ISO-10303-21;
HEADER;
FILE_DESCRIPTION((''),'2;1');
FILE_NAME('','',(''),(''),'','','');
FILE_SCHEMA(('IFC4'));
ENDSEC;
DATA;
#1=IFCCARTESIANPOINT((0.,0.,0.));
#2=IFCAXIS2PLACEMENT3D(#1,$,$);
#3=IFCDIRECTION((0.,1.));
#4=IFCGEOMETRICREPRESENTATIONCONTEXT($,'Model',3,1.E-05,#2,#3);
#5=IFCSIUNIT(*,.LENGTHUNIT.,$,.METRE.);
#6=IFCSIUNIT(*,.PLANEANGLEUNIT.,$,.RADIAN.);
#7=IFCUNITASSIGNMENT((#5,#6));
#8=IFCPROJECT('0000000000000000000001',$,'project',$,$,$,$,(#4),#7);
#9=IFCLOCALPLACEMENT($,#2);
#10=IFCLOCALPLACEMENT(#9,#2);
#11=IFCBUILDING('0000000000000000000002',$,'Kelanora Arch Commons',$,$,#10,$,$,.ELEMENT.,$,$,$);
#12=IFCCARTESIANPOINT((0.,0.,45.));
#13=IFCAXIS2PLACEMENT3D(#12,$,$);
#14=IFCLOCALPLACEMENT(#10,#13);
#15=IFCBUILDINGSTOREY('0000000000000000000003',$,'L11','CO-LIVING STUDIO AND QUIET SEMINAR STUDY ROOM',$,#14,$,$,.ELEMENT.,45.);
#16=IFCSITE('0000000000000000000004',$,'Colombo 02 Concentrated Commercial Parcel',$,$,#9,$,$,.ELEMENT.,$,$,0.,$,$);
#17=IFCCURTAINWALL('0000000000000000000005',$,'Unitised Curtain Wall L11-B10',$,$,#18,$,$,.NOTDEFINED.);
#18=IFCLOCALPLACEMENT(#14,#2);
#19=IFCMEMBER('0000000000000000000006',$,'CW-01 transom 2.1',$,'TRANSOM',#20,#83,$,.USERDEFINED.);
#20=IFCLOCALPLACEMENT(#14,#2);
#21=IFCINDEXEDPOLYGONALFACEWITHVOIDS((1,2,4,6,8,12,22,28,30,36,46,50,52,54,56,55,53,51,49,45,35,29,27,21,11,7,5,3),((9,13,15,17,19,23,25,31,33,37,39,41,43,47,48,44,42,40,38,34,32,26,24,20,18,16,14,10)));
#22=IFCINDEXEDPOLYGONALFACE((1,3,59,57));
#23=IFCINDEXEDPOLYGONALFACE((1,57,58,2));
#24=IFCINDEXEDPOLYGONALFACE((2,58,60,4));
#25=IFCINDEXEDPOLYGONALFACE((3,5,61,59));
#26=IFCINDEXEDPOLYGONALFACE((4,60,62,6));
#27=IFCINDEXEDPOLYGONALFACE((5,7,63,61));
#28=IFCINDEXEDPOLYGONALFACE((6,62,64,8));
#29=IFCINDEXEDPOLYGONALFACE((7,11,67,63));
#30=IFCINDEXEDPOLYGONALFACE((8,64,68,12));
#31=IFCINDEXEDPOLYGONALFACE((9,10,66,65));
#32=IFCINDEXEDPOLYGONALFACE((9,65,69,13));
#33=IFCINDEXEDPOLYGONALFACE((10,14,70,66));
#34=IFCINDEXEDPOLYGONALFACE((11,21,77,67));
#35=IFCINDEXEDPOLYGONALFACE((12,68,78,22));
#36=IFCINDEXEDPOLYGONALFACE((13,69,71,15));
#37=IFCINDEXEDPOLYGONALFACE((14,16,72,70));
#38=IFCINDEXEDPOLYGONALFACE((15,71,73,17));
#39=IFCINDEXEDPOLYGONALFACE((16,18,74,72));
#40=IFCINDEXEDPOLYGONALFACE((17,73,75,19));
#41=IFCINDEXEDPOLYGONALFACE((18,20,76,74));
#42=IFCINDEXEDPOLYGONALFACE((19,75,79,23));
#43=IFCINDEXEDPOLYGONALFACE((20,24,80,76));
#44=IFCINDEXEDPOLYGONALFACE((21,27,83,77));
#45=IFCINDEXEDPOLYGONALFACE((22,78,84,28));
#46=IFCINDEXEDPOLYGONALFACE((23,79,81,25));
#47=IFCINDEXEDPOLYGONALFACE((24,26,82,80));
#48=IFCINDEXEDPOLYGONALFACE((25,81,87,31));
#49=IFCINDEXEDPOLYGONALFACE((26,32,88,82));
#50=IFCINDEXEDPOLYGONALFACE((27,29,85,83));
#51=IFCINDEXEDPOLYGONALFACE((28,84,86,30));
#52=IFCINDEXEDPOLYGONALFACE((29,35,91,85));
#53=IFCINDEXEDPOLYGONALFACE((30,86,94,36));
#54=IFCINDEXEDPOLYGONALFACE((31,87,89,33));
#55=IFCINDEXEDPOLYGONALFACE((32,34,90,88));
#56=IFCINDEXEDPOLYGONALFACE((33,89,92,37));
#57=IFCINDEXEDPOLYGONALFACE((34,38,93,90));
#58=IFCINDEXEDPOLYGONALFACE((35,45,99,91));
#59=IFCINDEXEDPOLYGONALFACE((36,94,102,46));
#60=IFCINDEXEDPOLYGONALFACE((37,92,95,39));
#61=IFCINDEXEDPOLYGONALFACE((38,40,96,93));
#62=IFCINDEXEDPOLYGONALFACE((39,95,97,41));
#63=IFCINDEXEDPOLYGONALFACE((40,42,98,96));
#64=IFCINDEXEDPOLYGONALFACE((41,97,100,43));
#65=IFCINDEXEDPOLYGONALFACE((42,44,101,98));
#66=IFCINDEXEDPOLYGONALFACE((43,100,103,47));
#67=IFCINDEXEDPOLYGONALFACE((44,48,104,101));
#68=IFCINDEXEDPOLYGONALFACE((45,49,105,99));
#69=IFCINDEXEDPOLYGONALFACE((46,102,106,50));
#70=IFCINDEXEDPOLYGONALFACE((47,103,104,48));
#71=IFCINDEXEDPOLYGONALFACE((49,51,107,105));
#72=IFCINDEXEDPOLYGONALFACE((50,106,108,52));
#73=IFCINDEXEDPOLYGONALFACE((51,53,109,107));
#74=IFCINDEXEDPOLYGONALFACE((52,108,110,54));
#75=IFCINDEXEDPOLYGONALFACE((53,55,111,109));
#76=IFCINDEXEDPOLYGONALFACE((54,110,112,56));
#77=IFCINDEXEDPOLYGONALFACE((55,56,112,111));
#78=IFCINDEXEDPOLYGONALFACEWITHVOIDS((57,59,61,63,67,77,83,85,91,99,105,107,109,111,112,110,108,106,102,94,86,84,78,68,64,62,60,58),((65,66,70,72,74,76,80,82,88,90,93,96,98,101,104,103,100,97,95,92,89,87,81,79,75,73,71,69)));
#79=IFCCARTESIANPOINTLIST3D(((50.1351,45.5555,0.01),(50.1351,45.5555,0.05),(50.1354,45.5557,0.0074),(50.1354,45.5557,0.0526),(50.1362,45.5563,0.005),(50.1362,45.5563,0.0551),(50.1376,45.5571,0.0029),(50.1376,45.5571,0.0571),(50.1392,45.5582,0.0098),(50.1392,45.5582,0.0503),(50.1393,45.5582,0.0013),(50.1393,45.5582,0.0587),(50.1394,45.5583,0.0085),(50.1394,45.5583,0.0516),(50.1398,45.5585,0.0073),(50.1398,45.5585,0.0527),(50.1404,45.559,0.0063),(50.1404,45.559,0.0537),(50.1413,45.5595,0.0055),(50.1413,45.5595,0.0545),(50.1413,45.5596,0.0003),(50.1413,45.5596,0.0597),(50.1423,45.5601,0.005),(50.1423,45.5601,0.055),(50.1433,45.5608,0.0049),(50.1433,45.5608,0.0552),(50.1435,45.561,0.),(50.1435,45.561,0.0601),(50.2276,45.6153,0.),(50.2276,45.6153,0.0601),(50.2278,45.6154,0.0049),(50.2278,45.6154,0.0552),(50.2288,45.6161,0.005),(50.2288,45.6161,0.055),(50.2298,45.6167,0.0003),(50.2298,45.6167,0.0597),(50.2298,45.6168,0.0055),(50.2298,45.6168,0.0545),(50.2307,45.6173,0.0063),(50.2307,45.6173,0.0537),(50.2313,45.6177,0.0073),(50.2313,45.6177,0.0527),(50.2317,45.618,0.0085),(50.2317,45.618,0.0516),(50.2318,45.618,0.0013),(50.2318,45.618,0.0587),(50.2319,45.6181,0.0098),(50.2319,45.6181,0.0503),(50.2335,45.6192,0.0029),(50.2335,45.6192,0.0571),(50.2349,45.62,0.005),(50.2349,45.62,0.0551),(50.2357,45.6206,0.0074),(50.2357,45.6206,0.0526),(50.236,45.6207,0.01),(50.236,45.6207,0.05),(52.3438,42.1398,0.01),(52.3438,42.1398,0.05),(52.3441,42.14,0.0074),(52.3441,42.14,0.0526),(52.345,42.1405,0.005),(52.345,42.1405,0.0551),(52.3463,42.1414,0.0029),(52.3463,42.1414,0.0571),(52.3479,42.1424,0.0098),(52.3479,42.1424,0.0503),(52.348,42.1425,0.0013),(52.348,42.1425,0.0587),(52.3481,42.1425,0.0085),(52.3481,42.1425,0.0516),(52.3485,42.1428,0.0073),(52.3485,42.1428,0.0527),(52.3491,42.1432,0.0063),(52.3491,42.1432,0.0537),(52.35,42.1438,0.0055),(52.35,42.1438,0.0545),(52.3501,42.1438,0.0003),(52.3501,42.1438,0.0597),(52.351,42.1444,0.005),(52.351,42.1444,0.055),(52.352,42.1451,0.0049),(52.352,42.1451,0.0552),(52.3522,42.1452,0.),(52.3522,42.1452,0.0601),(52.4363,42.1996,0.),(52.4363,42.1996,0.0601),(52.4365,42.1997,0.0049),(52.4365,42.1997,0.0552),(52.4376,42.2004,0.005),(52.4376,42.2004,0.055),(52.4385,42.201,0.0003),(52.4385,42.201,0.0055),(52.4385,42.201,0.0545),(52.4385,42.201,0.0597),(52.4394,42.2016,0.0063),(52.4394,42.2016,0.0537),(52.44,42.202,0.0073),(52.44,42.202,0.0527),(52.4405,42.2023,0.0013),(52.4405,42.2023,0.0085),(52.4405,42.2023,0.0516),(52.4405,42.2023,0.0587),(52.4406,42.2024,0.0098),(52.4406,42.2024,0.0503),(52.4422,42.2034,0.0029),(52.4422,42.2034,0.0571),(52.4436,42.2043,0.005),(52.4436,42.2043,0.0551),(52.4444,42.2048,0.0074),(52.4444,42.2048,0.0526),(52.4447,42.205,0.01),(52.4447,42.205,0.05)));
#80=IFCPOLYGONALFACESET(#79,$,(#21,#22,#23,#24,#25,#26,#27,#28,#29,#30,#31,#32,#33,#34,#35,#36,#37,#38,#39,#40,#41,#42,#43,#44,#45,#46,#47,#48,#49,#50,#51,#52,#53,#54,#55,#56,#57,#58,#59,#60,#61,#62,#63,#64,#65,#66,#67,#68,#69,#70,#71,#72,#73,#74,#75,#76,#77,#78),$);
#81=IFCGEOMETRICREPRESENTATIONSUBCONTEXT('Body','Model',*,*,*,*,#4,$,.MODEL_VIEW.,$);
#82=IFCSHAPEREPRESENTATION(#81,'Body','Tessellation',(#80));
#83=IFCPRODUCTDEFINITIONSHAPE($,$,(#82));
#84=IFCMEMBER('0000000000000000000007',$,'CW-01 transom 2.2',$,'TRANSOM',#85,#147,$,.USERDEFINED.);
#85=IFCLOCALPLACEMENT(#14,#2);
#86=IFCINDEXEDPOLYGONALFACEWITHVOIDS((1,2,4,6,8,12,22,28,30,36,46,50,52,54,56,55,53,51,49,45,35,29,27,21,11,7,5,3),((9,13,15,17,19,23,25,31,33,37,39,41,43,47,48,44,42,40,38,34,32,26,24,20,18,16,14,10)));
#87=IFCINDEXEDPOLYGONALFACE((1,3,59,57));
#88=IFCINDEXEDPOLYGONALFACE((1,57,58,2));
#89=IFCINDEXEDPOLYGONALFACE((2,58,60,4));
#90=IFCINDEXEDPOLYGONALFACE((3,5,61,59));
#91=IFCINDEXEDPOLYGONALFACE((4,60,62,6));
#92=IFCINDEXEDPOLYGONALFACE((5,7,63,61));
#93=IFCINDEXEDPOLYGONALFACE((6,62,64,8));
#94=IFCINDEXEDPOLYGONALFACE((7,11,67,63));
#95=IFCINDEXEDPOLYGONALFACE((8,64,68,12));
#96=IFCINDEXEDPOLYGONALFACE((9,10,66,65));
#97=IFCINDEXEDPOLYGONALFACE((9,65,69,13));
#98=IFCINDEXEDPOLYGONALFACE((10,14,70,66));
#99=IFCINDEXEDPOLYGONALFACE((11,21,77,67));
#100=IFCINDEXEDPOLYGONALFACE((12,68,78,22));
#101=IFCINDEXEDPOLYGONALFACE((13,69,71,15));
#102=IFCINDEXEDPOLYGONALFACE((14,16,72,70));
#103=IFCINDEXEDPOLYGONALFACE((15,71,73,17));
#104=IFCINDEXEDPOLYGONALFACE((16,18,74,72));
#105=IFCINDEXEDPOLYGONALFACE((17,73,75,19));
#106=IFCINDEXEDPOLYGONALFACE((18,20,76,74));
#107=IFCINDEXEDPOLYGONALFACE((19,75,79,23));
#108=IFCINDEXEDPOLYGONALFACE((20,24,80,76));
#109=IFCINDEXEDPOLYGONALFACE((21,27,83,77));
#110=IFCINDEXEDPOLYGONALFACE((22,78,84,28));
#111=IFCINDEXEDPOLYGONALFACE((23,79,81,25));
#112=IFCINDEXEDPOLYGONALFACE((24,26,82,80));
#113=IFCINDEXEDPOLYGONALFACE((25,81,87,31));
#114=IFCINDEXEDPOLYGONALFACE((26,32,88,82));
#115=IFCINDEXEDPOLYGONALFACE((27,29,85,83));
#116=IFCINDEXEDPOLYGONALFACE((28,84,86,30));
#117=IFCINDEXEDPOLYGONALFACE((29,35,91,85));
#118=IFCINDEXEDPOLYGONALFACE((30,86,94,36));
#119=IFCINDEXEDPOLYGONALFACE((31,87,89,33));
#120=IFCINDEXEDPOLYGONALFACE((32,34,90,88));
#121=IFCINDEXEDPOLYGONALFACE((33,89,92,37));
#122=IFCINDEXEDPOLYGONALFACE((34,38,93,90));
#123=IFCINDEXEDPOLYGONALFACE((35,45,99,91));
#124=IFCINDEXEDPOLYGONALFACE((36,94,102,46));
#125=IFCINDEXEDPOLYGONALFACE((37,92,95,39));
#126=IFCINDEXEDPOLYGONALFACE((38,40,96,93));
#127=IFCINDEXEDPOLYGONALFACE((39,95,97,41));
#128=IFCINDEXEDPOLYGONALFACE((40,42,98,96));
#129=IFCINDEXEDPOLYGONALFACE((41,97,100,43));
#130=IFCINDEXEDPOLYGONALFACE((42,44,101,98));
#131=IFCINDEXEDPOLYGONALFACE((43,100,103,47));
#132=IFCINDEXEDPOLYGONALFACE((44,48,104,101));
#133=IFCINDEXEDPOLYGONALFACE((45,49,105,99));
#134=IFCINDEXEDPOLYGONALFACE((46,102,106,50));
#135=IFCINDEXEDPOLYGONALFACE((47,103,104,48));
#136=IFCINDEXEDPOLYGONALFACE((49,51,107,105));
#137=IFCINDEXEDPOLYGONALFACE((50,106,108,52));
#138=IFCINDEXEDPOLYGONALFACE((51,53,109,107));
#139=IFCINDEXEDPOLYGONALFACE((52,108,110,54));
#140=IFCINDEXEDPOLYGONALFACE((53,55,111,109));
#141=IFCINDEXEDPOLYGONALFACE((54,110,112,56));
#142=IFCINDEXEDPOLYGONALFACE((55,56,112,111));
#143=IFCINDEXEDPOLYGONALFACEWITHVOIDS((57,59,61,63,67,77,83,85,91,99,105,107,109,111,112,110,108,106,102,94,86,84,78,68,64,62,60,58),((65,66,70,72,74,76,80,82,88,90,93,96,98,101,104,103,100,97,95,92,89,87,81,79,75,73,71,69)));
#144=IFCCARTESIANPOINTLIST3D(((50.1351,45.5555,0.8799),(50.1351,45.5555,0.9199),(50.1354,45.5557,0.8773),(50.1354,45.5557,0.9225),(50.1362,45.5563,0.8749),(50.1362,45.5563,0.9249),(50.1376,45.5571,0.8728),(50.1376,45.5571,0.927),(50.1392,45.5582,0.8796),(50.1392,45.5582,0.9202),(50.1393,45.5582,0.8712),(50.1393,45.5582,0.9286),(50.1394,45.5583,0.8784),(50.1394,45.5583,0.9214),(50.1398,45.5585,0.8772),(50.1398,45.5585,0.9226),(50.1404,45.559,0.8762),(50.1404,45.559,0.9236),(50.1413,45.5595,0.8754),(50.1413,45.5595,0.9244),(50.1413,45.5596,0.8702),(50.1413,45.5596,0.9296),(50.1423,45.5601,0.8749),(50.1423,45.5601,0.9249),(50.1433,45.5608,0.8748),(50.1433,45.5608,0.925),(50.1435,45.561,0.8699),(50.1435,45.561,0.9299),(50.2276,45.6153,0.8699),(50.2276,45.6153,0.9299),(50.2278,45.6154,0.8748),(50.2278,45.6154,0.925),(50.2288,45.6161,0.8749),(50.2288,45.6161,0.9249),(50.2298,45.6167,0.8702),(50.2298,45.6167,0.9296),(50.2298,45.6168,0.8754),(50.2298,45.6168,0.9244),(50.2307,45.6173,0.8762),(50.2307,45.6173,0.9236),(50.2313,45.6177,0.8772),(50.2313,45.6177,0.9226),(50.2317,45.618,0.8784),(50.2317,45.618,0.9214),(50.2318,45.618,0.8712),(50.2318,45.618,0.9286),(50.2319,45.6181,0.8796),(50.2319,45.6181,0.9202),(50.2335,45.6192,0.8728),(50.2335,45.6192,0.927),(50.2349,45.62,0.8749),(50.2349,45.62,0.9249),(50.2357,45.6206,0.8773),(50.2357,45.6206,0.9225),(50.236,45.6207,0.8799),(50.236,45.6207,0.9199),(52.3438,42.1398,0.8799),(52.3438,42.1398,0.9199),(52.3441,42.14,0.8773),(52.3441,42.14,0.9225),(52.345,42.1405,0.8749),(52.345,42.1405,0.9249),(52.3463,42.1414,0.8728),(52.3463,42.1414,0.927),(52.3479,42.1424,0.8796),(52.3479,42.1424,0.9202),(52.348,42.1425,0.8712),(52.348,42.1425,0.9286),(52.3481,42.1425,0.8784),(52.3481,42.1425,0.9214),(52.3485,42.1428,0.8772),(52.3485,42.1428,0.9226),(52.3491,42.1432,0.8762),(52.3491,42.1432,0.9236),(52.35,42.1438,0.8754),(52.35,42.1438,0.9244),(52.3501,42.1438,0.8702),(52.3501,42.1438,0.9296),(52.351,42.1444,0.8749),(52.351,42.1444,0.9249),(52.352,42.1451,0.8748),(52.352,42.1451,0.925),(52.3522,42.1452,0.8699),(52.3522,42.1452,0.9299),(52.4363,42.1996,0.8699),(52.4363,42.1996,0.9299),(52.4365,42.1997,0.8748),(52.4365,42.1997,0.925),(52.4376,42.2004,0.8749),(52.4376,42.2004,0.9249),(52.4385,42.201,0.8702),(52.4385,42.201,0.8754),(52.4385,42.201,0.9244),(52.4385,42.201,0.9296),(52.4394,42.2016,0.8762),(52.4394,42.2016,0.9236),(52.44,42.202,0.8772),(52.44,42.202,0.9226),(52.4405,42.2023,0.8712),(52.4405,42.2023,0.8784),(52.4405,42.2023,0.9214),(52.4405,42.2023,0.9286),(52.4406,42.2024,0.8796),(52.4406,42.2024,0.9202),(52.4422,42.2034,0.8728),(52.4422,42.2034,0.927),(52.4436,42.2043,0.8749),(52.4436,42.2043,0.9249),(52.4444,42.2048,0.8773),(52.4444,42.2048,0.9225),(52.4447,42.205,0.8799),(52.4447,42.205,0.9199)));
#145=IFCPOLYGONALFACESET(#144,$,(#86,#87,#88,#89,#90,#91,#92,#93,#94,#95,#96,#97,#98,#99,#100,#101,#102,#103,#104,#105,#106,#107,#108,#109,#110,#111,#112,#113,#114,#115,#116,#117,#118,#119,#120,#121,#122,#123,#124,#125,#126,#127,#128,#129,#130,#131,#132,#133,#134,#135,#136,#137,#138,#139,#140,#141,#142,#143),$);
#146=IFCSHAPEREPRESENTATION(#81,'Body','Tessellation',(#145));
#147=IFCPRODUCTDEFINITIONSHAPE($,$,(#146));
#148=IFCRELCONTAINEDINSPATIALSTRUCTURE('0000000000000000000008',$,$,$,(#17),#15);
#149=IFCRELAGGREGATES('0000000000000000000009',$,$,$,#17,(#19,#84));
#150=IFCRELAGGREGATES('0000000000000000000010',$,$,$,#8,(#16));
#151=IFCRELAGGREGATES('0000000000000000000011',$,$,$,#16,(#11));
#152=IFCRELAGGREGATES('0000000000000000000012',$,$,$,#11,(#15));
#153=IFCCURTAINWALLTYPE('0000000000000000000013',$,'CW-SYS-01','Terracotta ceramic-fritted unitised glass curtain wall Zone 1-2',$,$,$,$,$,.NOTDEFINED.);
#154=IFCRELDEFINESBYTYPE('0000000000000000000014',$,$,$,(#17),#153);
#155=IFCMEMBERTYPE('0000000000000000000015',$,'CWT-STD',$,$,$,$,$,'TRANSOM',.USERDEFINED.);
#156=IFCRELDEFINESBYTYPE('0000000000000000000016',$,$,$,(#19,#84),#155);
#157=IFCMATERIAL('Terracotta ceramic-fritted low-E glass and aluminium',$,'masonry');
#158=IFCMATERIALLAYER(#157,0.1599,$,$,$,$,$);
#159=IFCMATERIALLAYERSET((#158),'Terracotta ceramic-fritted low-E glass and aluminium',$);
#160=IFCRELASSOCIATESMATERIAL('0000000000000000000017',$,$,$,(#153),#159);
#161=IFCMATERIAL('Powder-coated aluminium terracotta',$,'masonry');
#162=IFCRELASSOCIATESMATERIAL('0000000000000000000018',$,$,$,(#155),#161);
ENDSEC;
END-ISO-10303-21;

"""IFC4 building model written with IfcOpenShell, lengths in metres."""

from ifc_helpers import new_model, si_unit, direction, frame, origin, origin_2d, place, context, subcontext, project, spatial, hollow_rectangle, extrude, material, layer, layer_set, material_profile, profile_set, type_object, element, aggregate, save


model = new_model("IFC4")

# Units and contexts
model_context = context("Model", 3, precision=1e-05, world=origin(), true_north=direction((0.0, 1.0)))
body_context = subcontext(model_context, "Body", "Model", "MODEL_VIEW")
ifc_project = project(units=[si_unit("LENGTHUNIT", "METRE"), si_unit("PLANEANGLEUNIT", "RADIAN")], contexts=[model_context])

# Site, building, storey
site_placement = place(None, origin())
site = spatial("IfcSite", under=ifc_project, at=site_placement, Name="Colombo 02 Concentrated Commercial Parcel", CompositionType="ELEMENT", RefElevation=0.0)
building_placement = place(site_placement, origin())
building = spatial("IfcBuilding", under=site, at=building_placement, Name="Kelanora Arch Commons", CompositionType="ELEMENT")
storey_placement = place(building_placement, frame((0.0, 0.0, 45.0)))
storey = spatial("IfcBuildingStorey", under=building, at=storey_placement, Name="L11", Description="CO-LIVING STUDIO AND QUIET SEMINAR STUDY ROOM", CompositionType="ELEMENT", Elevation=45.0)

# Shared definitions
ifc_material_1 = material(Name="Terracotta ceramic-fritted low-E glass and aluminium", Category="masonry")
ifc_layer_1 = layer(ifc_material_1, 0.1599)
ifc_layer_set_1 = layer_set([ifc_layer_1], Name="Terracotta ceramic-fritted low-E glass and aluminium")
curtain_wall_type = type_object("IfcCurtainWallType", Name="CW-SYS-01", Description="Terracotta ceramic-fritted unitised glass curtain wall Zone 1-2", PredefinedType="NOTDEFINED", material=ifc_layer_set_1)
ifc_material_2 = material(Name="Powder-coated aluminium terracotta", Category="masonry")

# Curtain wall, members
curtain_wall_1_placement = place(storey_placement, origin())
curtain_wall_1 = element("IfcCurtainWall", 1, at=curtain_wall_1_placement, inside=storey, type_object=curtain_wall_type, Name="Unitised Curtain Wall L11-B10", PredefinedType="NOTDEFINED")
ifc_material_profile_1 = material_profile(ifc_material_2, hollow_rectangle(XDim=0.1201, YDim=0.0601, WallThickness=0.0049, InnerFilletRadius=0.0049, OuterFilletRadius=0.01, at=origin_2d()), Name="CWT120x60")
ifc_profile_set_1 = profile_set([ifc_material_profile_1], Name="Powder-coated aluminium terracotta")
member_type_1 = type_object("IfcMemberType", Name="CWT-STD", ElementType="TRANSOM", PredefinedType="USERDEFINED", material=ifc_profile_set_1)
member_1_placement = place(storey_placement, frame((50.1855, 45.5881, 0.03), z_axis=(0.542997, -0.839734, 0.0), x_axis=(0.839734, 0.542997, 0.0)))
member_1 = element("IfcMember", 2, at=member_1_placement, type_object=member_type_1, Name="CW-01 transom 2.1", ObjectType="TRANSOM", PredefinedType="USERDEFINED", context=body_context, shape_type="SweptSolid", body=[
    extrude(hollow_rectangle(XDim=0.1201, YDim=0.0601, WallThickness=0.0049, InnerFilletRadius=0.0049, OuterFilletRadius=0.01, at=origin_2d()), origin(), (0.0, 0.0, 1.0), 4.0676),
])
member_2_placement = place(storey_placement, frame((50.1855, 45.5881, 0.8999), z_axis=(0.542997, -0.839734, 0.0), x_axis=(0.839734, 0.542997, 0.0)))
member_2 = element("IfcMember", 3, at=member_2_placement, type_object=member_type_1, Name="CW-01 transom 2.2", ObjectType="TRANSOM", PredefinedType="USERDEFINED", context=body_context, shape_type="SweptSolid", body=[
    extrude(hollow_rectangle(XDim=0.1201, YDim=0.0601, WallThickness=0.0049, InnerFilletRadius=0.0049, OuterFilletRadius=0.01, at=origin_2d()), origin(), (0.0, 0.0, 1.0), 4.0676),
])

aggregate(curtain_wall_1, [member_1, member_2])

save(model, "model.ifc")
